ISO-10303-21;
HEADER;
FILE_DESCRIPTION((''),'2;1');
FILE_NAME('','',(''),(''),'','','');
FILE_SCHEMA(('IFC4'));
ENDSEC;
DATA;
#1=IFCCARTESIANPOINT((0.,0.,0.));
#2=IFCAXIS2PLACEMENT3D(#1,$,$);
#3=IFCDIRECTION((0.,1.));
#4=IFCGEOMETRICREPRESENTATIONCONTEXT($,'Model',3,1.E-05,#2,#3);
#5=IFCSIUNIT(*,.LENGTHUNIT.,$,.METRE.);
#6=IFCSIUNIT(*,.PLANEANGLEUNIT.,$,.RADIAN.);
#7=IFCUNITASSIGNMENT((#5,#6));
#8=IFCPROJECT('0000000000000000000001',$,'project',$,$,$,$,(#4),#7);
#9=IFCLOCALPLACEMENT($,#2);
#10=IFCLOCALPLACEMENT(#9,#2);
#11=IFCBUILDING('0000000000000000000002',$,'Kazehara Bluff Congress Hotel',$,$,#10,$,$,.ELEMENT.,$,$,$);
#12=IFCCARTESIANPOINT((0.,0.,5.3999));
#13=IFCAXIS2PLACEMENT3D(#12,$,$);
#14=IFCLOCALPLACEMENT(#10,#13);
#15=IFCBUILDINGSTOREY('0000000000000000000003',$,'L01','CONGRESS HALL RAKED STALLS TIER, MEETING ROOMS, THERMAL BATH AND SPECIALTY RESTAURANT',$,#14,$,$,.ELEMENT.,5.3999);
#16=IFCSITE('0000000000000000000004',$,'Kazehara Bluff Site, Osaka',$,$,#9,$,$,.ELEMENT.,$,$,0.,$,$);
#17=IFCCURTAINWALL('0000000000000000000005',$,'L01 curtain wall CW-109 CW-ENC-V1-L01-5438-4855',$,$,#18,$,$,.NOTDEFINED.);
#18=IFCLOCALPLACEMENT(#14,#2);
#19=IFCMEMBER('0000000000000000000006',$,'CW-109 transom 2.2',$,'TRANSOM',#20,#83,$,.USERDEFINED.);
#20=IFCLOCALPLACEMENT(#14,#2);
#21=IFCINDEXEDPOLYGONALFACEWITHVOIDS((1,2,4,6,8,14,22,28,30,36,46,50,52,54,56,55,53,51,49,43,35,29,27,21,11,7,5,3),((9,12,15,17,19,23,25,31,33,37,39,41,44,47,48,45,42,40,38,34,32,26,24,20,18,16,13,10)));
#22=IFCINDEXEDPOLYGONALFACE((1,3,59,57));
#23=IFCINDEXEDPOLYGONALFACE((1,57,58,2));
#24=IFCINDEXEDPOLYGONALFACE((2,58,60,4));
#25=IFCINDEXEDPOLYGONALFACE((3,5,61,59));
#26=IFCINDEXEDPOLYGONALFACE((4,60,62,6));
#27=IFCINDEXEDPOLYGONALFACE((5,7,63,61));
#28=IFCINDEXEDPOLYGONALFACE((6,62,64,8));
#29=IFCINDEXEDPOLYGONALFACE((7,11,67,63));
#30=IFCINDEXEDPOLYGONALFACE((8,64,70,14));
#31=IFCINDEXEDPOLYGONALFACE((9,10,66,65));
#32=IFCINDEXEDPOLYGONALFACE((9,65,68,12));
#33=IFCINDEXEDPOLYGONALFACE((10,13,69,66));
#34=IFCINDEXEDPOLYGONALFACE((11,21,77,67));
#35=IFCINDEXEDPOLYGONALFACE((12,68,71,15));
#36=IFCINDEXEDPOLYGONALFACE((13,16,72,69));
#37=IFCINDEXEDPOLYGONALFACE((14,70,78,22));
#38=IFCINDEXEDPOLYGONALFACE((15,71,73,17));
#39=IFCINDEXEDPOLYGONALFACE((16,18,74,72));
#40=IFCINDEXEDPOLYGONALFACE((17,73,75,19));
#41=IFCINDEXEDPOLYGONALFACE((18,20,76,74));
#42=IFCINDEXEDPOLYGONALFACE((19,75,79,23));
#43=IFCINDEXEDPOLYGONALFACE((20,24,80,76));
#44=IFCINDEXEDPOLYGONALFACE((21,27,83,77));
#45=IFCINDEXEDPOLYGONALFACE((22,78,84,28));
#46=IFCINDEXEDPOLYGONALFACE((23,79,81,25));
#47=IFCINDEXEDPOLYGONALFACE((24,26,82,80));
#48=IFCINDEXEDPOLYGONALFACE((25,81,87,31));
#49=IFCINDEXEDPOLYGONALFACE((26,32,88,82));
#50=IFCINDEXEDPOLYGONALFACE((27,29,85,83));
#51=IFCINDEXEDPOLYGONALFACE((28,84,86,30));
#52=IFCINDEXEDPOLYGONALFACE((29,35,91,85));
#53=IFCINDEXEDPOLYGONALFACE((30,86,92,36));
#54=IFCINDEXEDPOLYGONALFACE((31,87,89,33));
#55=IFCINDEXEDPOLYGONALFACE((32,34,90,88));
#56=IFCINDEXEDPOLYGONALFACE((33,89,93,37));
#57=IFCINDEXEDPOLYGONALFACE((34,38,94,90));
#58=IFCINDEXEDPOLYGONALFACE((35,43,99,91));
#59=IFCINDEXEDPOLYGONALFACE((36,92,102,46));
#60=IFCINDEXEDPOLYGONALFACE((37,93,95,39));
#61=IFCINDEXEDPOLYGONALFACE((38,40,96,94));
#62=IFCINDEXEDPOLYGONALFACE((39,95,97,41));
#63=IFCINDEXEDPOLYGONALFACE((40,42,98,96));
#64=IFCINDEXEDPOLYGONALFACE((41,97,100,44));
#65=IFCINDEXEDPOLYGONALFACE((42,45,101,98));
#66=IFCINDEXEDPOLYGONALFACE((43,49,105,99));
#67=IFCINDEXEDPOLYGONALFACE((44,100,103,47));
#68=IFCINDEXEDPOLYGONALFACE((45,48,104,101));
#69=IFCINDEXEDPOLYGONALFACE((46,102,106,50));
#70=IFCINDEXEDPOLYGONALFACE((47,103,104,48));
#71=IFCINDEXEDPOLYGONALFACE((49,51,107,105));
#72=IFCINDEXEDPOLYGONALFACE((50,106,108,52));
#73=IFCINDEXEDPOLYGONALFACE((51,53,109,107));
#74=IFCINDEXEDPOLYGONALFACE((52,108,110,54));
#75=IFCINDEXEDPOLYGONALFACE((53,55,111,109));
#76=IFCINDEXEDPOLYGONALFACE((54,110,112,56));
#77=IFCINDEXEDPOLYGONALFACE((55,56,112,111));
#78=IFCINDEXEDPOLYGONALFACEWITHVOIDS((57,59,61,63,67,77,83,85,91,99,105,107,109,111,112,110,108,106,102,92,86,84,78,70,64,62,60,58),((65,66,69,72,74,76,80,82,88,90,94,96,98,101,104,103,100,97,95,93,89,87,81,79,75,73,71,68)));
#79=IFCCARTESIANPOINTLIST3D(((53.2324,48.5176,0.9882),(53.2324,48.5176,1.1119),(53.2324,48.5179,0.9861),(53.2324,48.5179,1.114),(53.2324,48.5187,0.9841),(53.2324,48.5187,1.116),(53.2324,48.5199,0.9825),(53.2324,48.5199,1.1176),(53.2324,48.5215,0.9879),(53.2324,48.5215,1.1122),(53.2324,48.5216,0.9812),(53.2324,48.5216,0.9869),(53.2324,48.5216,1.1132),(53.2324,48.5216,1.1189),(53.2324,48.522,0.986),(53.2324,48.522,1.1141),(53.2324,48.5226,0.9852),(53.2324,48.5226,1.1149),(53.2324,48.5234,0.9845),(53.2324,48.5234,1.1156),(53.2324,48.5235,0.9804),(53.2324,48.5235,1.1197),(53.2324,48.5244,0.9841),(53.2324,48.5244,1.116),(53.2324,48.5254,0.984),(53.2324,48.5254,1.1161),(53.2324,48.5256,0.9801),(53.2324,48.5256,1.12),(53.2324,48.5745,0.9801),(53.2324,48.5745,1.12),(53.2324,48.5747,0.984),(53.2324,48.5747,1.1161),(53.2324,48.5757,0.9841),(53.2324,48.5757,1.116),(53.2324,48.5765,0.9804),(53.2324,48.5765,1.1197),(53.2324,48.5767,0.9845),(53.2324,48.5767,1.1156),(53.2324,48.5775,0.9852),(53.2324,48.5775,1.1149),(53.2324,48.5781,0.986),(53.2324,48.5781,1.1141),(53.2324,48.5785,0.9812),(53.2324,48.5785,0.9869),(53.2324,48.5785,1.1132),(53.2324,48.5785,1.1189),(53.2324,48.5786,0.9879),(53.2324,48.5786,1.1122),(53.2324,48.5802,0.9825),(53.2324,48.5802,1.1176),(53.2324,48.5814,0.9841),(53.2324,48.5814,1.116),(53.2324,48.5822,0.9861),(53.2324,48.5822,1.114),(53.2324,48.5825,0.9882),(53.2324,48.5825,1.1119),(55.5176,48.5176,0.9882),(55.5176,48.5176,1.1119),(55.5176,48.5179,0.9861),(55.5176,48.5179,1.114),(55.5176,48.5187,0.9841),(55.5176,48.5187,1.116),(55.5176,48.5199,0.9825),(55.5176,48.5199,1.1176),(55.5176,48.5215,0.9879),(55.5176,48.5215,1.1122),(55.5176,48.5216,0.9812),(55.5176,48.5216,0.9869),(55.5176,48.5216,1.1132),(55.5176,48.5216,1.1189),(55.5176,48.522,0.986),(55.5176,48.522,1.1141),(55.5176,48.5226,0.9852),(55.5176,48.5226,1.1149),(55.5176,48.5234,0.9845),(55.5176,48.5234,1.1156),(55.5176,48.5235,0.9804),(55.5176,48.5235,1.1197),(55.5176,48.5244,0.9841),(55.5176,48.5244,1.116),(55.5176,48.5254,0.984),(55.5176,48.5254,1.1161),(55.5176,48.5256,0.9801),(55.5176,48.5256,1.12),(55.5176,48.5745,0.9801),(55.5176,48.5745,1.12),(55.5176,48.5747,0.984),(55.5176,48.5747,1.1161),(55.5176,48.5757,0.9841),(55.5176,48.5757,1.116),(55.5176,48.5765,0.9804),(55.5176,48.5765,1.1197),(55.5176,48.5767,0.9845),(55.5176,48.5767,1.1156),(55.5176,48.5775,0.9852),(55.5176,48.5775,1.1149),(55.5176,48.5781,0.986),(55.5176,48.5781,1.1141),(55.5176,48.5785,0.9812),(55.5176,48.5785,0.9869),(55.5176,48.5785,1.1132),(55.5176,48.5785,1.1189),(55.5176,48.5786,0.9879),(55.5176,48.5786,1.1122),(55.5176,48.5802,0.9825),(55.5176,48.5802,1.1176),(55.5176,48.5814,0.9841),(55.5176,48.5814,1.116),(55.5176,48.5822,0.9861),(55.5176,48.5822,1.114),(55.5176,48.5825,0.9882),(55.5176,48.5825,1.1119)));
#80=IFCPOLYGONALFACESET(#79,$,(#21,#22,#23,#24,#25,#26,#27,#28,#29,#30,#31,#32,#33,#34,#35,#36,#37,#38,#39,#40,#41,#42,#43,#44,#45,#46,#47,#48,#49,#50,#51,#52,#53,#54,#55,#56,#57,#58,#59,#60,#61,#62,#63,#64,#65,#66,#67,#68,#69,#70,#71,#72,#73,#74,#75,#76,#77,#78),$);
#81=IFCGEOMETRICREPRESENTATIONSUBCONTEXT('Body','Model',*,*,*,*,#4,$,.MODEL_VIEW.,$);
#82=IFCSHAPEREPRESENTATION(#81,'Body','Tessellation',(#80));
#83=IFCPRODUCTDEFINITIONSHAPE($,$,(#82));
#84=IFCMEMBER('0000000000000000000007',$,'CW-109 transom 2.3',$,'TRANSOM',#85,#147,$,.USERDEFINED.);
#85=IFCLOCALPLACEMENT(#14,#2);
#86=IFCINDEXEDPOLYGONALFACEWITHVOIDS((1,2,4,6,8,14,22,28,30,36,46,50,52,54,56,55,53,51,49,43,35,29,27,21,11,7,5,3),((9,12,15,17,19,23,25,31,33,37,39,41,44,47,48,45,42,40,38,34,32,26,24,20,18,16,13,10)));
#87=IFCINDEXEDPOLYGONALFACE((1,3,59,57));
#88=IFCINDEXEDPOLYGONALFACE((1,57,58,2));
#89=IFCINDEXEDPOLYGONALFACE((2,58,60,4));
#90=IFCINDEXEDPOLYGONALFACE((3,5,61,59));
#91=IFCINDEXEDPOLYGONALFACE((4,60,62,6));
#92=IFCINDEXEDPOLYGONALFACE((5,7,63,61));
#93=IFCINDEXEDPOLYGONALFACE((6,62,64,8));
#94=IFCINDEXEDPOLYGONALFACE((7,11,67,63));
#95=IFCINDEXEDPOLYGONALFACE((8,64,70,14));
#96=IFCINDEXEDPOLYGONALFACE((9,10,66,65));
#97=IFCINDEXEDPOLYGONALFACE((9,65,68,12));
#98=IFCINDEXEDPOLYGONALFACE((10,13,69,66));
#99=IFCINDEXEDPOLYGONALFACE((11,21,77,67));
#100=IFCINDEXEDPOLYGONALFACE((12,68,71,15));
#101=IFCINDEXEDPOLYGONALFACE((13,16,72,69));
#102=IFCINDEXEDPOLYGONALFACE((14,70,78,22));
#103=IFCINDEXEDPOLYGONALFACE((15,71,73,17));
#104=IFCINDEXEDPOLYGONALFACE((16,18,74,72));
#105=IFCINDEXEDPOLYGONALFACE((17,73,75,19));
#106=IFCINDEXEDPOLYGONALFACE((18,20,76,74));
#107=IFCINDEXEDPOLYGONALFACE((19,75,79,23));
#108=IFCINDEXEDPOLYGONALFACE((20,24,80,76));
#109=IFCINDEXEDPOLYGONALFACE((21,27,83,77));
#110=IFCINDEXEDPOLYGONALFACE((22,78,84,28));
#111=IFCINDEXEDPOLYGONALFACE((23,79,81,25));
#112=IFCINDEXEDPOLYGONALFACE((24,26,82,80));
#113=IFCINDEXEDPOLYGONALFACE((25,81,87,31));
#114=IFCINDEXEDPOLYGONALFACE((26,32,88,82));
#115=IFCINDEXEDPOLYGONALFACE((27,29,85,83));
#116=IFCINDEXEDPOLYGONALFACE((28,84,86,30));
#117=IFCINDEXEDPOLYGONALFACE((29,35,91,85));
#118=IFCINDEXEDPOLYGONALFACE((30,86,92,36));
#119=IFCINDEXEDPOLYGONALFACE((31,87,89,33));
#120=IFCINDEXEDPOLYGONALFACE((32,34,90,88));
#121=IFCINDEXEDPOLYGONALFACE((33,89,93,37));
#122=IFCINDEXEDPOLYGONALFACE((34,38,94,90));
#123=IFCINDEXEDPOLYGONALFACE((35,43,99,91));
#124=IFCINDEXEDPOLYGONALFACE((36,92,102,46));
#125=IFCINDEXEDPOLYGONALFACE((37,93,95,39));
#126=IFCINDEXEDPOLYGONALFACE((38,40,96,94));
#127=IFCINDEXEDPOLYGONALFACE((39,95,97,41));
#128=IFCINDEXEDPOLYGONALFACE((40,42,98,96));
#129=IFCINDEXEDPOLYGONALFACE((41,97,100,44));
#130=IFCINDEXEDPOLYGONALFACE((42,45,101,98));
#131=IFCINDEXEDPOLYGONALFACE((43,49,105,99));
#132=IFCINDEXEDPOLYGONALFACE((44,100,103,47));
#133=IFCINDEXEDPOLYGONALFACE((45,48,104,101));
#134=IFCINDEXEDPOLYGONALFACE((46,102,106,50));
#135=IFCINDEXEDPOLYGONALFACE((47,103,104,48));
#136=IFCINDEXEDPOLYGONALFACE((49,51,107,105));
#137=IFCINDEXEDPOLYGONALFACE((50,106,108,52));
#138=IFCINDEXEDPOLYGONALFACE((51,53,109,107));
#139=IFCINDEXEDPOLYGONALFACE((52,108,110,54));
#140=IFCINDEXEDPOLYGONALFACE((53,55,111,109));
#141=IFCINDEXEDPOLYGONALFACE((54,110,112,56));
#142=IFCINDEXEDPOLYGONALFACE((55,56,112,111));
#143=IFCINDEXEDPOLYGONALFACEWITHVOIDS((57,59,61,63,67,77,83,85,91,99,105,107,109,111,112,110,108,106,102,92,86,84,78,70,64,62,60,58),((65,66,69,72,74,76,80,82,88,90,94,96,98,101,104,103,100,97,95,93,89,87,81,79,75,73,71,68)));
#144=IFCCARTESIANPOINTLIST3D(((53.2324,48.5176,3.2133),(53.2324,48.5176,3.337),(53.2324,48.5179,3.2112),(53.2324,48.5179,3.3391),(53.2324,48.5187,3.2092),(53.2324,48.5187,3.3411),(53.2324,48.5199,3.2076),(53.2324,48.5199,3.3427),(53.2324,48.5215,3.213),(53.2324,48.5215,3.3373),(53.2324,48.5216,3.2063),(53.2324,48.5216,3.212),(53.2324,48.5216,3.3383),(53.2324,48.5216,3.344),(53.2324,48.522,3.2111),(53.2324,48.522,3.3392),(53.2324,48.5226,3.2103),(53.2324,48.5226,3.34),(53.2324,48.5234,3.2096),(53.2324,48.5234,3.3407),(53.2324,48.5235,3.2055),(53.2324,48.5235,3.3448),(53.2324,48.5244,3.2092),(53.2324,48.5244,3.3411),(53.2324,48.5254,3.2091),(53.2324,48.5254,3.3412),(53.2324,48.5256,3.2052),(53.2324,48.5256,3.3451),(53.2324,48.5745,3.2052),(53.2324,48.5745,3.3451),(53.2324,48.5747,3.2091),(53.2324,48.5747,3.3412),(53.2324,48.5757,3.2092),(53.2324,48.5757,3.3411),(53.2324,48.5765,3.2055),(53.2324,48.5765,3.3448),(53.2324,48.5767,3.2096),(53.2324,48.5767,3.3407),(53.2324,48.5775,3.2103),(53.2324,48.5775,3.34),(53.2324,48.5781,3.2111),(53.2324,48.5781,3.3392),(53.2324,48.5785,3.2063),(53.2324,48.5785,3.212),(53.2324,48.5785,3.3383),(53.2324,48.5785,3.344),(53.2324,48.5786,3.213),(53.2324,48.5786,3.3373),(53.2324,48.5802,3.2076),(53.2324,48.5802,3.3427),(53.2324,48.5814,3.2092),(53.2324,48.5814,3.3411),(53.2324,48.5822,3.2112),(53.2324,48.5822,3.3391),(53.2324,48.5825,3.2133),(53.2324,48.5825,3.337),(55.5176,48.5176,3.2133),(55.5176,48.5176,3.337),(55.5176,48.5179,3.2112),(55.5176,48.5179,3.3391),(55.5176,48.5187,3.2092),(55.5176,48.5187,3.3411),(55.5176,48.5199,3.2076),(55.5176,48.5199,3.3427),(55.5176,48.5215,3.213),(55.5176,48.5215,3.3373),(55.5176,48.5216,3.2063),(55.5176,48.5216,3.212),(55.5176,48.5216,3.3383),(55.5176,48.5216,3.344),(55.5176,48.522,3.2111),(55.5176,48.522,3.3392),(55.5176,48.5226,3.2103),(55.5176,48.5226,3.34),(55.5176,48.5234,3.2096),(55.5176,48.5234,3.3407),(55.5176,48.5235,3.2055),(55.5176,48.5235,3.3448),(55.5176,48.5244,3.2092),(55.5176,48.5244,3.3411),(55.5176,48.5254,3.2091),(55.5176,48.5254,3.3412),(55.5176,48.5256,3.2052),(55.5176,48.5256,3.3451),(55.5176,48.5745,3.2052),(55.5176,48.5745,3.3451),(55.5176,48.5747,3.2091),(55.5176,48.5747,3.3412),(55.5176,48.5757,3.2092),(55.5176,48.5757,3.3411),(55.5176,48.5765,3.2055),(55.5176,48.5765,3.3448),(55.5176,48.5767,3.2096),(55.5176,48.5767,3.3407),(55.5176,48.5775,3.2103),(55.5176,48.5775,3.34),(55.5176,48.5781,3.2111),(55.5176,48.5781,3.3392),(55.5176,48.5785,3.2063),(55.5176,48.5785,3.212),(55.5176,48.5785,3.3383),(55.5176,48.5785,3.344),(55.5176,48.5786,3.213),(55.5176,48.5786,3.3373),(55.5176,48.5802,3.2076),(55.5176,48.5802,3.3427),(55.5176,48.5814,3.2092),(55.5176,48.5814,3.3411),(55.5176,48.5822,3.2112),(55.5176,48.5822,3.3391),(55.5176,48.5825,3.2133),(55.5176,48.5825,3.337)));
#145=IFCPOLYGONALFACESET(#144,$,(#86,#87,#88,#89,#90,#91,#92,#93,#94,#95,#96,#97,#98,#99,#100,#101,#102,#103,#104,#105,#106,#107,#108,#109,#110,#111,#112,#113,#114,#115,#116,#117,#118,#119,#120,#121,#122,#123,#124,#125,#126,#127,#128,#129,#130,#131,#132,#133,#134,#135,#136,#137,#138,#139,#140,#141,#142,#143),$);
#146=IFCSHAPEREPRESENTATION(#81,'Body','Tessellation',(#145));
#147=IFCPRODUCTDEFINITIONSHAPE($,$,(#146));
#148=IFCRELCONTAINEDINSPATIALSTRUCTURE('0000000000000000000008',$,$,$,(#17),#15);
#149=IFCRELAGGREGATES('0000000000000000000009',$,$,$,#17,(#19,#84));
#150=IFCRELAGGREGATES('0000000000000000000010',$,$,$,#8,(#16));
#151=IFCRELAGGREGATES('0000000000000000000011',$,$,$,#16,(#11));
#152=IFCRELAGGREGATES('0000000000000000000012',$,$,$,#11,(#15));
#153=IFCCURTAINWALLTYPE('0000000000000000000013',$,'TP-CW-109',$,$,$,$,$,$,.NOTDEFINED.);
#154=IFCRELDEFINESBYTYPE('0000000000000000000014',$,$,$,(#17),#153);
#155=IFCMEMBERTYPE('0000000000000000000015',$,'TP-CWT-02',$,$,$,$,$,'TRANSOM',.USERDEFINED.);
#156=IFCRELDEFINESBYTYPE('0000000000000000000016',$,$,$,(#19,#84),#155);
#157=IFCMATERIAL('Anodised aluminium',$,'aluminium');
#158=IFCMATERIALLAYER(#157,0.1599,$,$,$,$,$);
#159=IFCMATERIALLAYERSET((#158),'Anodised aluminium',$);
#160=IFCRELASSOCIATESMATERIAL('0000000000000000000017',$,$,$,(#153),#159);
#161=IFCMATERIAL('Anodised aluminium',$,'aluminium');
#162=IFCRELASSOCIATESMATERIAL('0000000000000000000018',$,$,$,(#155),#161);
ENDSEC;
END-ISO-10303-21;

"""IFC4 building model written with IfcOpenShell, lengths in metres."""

from ifc_helpers import new_model, si_unit, direction, frame, origin, origin_2d, place, context, subcontext, project, spatial, hollow_rectangle, extrude, material, layer, layer_set, material_profile, profile_set, type_object, element, aggregate, save


model = new_model("IFC4")

# Units and contexts
model_context = context("Model", 3, precision=1e-05, world=origin(), true_north=direction((0.0, 1.0)))
body_context = subcontext(model_context, "Body", "Model", "MODEL_VIEW")
ifc_project = project(units=[si_unit("LENGTHUNIT", "METRE"), si_unit("PLANEANGLEUNIT", "RADIAN")], contexts=[model_context])

# Site, building, storey
site_placement = place(None, origin())
site = spatial("IfcSite", under=ifc_project, at=site_placement, Name="Kazehara Bluff Site, Osaka", CompositionType="ELEMENT", RefElevation=0.0)
building_placement = place(site_placement, origin())
building = spatial("IfcBuilding", under=site, at=building_placement, Name="Kazehara Bluff Congress Hotel", CompositionType="ELEMENT")
storey_placement = place(building_placement, frame((0.0, 0.0, 5.3999)))
storey = spatial("IfcBuildingStorey", under=building, at=storey_placement, Name="L01", Description="CONGRESS HALL RAKED STALLS TIER, MEETING ROOMS, THERMAL BATH AND SPECIALTY RESTAURANT", CompositionType="ELEMENT", Elevation=5.3999)

# Curtain wall, members
ifc_material_1 = material(Name="Anodised aluminium", Category="aluminium")
ifc_layer_1 = layer(ifc_material_1, 0.1599)
ifc_layer_set_1 = layer_set([ifc_layer_1], Name="Anodised aluminium")
curtain_wall_type_1 = type_object("IfcCurtainWallType", Name="TP-CW-109", PredefinedType="NOTDEFINED", material=ifc_layer_set_1)
curtain_wall_1_placement = place(storey_placement, origin())
curtain_wall_1 = element("IfcCurtainWall", 1, at=curtain_wall_1_placement, inside=storey, type_object=curtain_wall_type_1, Name="L01 curtain wall CW-109 CW-ENC-V1-L01-5438-4855", PredefinedType="NOTDEFINED")
ifc_material_2 = material(Name="Anodised aluminium", Category="aluminium")
ifc_material_profile_1 = material_profile(ifc_material_2, hollow_rectangle(XDim=0.0649, YDim=0.1399, WallThickness=0.0039, InnerFilletRadius=0.0039, OuterFilletRadius=0.0081, at=origin_2d()))
ifc_profile_set_1 = profile_set([ifc_material_profile_1], Name="Anodised aluminium")
member_type_1 = type_object("IfcMemberType", Name="TP-CWT-02", ElementType="TRANSOM", PredefinedType="USERDEFINED", material=ifc_profile_set_1)
member_1_placement = place(storey_placement, frame((55.5176, 48.55, 1.05), z_axis=(-1.0, 0.0, 0.0), x_axis=(0.0, -1.0, 0.0)))
member_1 = element("IfcMember", 2, at=member_1_placement, type_object=member_type_1, Name="CW-109 transom 2.2", ObjectType="TRANSOM", PredefinedType="USERDEFINED", context=body_context, shape_type="SweptSolid", body=[
    extrude(hollow_rectangle(XDim=0.0649, YDim=0.1399, WallThickness=0.0039, InnerFilletRadius=0.0039, OuterFilletRadius=0.0081, at=origin_2d()), origin(), (0.0, 0.0, 1.0), 2.2852),
])
member_2_placement = place(storey_placement, frame((55.5176, 48.55, 3.2751), z_axis=(-1.0, 0.0, 0.0), x_axis=(0.0, -1.0, 0.0)))
member_2 = element("IfcMember", 3, at=member_2_placement, type_object=member_type_1, Name="CW-109 transom 2.3", ObjectType="TRANSOM", PredefinedType="USERDEFINED", context=body_context, shape_type="SweptSolid", body=[
    extrude(hollow_rectangle(XDim=0.0649, YDim=0.1399, WallThickness=0.0039, InnerFilletRadius=0.0039, OuterFilletRadius=0.0081, at=origin_2d()), origin(), (0.0, 0.0, 1.0), 2.2852),
])

aggregate(curtain_wall_1, [member_1, member_2])

save(model, "model.ifc")
